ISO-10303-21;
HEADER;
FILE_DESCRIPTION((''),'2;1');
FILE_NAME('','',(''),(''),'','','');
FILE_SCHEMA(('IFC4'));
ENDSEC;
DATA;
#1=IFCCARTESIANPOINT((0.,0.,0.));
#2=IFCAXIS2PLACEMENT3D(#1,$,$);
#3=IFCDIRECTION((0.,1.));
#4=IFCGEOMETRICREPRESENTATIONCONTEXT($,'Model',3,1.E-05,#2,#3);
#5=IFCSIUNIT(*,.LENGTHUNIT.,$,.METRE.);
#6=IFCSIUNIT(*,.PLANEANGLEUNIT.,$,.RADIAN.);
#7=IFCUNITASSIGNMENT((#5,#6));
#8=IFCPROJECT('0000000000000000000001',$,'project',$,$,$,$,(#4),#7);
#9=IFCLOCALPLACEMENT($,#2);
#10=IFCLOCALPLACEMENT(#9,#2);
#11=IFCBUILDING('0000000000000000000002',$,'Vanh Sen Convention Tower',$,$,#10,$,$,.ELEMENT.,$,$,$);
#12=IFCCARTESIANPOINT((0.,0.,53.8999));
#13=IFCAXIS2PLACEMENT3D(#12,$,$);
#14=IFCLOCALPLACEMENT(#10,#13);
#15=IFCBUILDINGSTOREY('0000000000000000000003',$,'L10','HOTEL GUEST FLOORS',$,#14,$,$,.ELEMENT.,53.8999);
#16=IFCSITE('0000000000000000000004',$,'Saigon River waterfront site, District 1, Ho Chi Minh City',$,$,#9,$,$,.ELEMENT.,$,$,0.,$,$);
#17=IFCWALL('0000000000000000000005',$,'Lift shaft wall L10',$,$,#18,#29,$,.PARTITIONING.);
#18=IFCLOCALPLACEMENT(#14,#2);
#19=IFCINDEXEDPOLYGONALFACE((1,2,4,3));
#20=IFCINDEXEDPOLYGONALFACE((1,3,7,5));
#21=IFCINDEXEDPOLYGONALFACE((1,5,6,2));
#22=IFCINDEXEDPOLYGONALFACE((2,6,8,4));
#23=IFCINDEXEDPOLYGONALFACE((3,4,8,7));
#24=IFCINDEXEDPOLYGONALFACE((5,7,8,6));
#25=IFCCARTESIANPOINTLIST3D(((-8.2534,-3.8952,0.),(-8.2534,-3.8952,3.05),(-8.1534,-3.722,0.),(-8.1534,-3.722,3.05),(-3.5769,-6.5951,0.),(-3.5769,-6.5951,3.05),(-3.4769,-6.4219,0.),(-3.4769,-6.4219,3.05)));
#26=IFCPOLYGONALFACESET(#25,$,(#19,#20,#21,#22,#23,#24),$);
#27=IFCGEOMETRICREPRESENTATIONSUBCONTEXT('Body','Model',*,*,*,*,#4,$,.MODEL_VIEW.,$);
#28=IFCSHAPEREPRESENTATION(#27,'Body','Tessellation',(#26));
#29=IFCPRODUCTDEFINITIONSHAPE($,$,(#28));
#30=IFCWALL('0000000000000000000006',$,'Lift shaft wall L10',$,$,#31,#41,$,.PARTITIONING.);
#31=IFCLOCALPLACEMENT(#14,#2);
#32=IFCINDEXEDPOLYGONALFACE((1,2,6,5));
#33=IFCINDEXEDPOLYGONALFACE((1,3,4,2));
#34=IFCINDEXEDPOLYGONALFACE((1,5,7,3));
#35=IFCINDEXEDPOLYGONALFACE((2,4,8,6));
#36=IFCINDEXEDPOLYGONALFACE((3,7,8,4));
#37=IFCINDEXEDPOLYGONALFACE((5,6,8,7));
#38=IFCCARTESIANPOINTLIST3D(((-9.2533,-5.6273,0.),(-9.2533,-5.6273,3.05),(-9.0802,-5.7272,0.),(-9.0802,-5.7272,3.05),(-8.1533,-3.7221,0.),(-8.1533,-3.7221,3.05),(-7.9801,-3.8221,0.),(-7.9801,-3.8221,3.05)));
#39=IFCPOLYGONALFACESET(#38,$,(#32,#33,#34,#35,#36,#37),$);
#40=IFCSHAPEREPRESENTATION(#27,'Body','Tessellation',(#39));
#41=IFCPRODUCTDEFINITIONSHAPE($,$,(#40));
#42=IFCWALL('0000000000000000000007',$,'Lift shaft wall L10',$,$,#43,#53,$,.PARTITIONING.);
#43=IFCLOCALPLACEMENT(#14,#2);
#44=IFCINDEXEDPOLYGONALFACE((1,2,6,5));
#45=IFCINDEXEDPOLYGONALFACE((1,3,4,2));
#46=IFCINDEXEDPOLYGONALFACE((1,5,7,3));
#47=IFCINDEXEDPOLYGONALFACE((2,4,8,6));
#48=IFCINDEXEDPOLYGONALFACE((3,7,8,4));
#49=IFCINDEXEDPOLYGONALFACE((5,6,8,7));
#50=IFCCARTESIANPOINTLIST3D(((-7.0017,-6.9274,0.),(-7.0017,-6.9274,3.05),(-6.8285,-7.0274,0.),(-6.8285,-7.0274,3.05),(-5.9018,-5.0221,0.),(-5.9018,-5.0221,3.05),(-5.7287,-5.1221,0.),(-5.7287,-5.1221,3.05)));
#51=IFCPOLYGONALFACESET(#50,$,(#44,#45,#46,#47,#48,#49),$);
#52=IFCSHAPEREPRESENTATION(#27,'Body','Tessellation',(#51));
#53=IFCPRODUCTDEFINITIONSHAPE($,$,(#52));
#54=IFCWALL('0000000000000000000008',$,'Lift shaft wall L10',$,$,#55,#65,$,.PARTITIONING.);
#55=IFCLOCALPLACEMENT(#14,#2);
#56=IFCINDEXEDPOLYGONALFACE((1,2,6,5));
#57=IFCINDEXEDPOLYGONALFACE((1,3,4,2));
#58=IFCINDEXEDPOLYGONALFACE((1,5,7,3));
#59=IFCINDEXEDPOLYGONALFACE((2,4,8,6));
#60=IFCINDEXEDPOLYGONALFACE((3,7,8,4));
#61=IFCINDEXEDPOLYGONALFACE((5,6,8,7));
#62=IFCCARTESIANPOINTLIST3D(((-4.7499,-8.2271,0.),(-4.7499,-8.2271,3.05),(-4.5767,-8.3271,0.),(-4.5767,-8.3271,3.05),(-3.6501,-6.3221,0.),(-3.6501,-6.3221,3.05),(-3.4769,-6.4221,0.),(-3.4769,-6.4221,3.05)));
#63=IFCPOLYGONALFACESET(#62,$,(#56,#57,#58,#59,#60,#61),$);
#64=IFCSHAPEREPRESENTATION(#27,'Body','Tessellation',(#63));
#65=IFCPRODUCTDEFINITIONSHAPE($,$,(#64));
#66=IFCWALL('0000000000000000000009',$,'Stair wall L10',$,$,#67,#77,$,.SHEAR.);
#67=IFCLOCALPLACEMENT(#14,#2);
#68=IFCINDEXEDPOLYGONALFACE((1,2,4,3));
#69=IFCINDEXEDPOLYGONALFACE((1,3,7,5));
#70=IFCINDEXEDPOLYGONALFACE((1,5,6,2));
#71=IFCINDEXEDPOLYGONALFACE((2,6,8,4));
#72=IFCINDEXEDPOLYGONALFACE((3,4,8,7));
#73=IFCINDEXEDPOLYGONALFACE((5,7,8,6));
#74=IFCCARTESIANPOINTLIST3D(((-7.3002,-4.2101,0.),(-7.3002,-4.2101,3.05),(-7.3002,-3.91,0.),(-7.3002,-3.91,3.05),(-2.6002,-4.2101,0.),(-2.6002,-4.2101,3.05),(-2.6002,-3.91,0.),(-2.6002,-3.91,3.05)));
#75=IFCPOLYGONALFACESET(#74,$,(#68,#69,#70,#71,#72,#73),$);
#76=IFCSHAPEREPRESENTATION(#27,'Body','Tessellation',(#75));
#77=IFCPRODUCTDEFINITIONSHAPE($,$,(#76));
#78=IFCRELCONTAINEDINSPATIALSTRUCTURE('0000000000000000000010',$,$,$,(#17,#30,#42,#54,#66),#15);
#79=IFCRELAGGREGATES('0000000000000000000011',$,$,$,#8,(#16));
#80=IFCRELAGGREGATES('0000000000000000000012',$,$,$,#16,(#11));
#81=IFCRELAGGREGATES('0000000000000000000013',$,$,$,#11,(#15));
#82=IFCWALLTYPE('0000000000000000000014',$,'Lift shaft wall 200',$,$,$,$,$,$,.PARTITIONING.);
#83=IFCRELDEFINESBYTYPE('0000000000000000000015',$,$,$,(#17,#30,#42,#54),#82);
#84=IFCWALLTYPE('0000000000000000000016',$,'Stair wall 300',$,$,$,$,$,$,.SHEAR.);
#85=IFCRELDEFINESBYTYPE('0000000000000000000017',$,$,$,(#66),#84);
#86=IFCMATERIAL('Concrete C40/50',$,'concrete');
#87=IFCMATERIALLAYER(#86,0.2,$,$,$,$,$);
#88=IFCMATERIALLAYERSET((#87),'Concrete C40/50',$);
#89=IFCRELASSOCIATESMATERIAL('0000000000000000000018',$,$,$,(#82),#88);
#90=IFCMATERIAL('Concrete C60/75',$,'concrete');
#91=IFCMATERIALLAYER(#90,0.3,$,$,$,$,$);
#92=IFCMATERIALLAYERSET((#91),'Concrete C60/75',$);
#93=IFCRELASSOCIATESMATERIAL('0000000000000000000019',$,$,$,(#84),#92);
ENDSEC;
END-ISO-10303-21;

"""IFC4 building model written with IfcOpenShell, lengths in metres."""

from ifc_helpers import new_model, si_unit, direction, frame, frame_2d, origin, place, context, subcontext, project, spatial, rectangle, extrude, material, layer, layer_set, type_object, element, save


model = new_model("IFC4")

# Units and contexts
model_context = context("Model", 3, precision=1e-05, world=origin(), true_north=direction((0.0, 1.0)))
body_context = subcontext(model_context, "Body", "Model", "MODEL_VIEW")
ifc_project = project(units=[si_unit("LENGTHUNIT", "METRE"), si_unit("PLANEANGLEUNIT", "RADIAN")], contexts=[model_context])

# Site, building, storey
site_placement = place(None, origin())
site = spatial("IfcSite", under=ifc_project, at=site_placement, Name="Saigon River waterfront site, District 1, Ho Chi Minh City", CompositionType="ELEMENT", RefElevation=0.0)
building_placement = place(site_placement, origin())
building = spatial("IfcBuilding", under=site, at=building_placement, Name="Vanh Sen Convention Tower", CompositionType="ELEMENT")
storey_placement = place(building_placement, frame((0.0, 0.0, 53.8999)))
storey = spatial("IfcBuildingStorey", under=building, at=storey_placement, Name="L10", Description="HOTEL GUEST FLOORS", CompositionType="ELEMENT", Elevation=53.8999)

# Walls
ifc_material_1 = material(Name="Concrete C40/50", Category="concrete")
ifc_layer_1 = layer(ifc_material_1, 0.2)
ifc_layer_set_1 = layer_set([ifc_layer_1], Name="Concrete C40/50")
wall_type_1 = type_object("IfcWallType", Name="Lift shaft wall 200", PredefinedType="PARTITIONING", material=ifc_layer_set_1)
wall_1_placement = place(storey_placement, frame((-8.2034, -3.8086, 0.0), z_axis=(0.0, 0.0, 1.0), x_axis=(0.866028, -0.499995, 0.0)))
element("IfcWall", 1, at=wall_1_placement, inside=storey, type_object=wall_type_1, Name="Lift shaft wall L10", PredefinedType="PARTITIONING", context=body_context, shape_type="SweptSolid", body=[
    extrude(rectangle(XDim=5.3999, YDim=0.2, at=frame_2d((2.7, 0.0))), origin(), (0.0, 0.0, 1.0), 3.05),
])
for number, where, z_axis, x_axis, name in (
    (2, (-8.0667, -3.772, 0.0), (0.0, 0.0, 1.0), (-0.50003, -0.866008, 0.0), "Lift shaft wall L10"),
    (3, (-5.8152, -5.072, 0.0), (0.0, 0.0, 1.0), (-0.499947, -0.866056, 0.0), "Lift shaft wall L10"),
):
    element("IfcWall", number, at=place(storey_placement, frame(where, z_axis=z_axis, x_axis=x_axis)), inside=storey, type_object=wall_type_1, Name=name, PredefinedType="PARTITIONING", context=body_context, shape_type="SweptSolid", body=[
        extrude(rectangle(XDim=2.2, YDim=0.2, at=frame_2d((1.1001, 0.0))), origin(), (0.0, 0.0, 1.0), 3.05),
    ])
wall_2_placement = place(storey_placement, frame((-3.5635, -6.3721, 0.0), z_axis=(0.0, 0.0, 1.0), x_axis=(-0.499995, -0.866028, 0.0)))
element("IfcWall", 4, at=wall_2_placement, inside=storey, type_object=wall_type_1, Name="Lift shaft wall L10", PredefinedType="PARTITIONING", context=body_context, shape_type="SweptSolid", body=[
    extrude(rectangle(XDim=2.1997, YDim=0.2, at=frame_2d((1.0999, 0.0))), origin(), (0.0, 0.0, 1.0), 3.05),
])
ifc_material_2 = material(Name="Concrete C60/75", Category="concrete")
ifc_layer_2 = layer(ifc_material_2, 0.3)
ifc_layer_set_2 = layer_set([ifc_layer_2], Name="Concrete C60/75")
wall_type_2 = type_object("IfcWallType", Name="Stair wall 300", PredefinedType="SHEAR", material=ifc_layer_set_2)
wall_3_placement = place(storey_placement, frame((-2.6001, -4.0601, 0.0), z_axis=(0.0, 0.0, 1.0), x_axis=(-1.0, 0.0, 0.0)))
element("IfcWall", 5, at=wall_3_placement, inside=storey, type_object=wall_type_2, Name="Stair wall L10", PredefinedType="SHEAR", context=body_context, shape_type="SweptSolid", body=[
    extrude(rectangle(XDim=4.7, YDim=0.3, at=frame_2d((2.3501, 0.0))), origin(), (0.0, 0.0, 1.0), 3.05),
])

save(model, "model.ifc")
